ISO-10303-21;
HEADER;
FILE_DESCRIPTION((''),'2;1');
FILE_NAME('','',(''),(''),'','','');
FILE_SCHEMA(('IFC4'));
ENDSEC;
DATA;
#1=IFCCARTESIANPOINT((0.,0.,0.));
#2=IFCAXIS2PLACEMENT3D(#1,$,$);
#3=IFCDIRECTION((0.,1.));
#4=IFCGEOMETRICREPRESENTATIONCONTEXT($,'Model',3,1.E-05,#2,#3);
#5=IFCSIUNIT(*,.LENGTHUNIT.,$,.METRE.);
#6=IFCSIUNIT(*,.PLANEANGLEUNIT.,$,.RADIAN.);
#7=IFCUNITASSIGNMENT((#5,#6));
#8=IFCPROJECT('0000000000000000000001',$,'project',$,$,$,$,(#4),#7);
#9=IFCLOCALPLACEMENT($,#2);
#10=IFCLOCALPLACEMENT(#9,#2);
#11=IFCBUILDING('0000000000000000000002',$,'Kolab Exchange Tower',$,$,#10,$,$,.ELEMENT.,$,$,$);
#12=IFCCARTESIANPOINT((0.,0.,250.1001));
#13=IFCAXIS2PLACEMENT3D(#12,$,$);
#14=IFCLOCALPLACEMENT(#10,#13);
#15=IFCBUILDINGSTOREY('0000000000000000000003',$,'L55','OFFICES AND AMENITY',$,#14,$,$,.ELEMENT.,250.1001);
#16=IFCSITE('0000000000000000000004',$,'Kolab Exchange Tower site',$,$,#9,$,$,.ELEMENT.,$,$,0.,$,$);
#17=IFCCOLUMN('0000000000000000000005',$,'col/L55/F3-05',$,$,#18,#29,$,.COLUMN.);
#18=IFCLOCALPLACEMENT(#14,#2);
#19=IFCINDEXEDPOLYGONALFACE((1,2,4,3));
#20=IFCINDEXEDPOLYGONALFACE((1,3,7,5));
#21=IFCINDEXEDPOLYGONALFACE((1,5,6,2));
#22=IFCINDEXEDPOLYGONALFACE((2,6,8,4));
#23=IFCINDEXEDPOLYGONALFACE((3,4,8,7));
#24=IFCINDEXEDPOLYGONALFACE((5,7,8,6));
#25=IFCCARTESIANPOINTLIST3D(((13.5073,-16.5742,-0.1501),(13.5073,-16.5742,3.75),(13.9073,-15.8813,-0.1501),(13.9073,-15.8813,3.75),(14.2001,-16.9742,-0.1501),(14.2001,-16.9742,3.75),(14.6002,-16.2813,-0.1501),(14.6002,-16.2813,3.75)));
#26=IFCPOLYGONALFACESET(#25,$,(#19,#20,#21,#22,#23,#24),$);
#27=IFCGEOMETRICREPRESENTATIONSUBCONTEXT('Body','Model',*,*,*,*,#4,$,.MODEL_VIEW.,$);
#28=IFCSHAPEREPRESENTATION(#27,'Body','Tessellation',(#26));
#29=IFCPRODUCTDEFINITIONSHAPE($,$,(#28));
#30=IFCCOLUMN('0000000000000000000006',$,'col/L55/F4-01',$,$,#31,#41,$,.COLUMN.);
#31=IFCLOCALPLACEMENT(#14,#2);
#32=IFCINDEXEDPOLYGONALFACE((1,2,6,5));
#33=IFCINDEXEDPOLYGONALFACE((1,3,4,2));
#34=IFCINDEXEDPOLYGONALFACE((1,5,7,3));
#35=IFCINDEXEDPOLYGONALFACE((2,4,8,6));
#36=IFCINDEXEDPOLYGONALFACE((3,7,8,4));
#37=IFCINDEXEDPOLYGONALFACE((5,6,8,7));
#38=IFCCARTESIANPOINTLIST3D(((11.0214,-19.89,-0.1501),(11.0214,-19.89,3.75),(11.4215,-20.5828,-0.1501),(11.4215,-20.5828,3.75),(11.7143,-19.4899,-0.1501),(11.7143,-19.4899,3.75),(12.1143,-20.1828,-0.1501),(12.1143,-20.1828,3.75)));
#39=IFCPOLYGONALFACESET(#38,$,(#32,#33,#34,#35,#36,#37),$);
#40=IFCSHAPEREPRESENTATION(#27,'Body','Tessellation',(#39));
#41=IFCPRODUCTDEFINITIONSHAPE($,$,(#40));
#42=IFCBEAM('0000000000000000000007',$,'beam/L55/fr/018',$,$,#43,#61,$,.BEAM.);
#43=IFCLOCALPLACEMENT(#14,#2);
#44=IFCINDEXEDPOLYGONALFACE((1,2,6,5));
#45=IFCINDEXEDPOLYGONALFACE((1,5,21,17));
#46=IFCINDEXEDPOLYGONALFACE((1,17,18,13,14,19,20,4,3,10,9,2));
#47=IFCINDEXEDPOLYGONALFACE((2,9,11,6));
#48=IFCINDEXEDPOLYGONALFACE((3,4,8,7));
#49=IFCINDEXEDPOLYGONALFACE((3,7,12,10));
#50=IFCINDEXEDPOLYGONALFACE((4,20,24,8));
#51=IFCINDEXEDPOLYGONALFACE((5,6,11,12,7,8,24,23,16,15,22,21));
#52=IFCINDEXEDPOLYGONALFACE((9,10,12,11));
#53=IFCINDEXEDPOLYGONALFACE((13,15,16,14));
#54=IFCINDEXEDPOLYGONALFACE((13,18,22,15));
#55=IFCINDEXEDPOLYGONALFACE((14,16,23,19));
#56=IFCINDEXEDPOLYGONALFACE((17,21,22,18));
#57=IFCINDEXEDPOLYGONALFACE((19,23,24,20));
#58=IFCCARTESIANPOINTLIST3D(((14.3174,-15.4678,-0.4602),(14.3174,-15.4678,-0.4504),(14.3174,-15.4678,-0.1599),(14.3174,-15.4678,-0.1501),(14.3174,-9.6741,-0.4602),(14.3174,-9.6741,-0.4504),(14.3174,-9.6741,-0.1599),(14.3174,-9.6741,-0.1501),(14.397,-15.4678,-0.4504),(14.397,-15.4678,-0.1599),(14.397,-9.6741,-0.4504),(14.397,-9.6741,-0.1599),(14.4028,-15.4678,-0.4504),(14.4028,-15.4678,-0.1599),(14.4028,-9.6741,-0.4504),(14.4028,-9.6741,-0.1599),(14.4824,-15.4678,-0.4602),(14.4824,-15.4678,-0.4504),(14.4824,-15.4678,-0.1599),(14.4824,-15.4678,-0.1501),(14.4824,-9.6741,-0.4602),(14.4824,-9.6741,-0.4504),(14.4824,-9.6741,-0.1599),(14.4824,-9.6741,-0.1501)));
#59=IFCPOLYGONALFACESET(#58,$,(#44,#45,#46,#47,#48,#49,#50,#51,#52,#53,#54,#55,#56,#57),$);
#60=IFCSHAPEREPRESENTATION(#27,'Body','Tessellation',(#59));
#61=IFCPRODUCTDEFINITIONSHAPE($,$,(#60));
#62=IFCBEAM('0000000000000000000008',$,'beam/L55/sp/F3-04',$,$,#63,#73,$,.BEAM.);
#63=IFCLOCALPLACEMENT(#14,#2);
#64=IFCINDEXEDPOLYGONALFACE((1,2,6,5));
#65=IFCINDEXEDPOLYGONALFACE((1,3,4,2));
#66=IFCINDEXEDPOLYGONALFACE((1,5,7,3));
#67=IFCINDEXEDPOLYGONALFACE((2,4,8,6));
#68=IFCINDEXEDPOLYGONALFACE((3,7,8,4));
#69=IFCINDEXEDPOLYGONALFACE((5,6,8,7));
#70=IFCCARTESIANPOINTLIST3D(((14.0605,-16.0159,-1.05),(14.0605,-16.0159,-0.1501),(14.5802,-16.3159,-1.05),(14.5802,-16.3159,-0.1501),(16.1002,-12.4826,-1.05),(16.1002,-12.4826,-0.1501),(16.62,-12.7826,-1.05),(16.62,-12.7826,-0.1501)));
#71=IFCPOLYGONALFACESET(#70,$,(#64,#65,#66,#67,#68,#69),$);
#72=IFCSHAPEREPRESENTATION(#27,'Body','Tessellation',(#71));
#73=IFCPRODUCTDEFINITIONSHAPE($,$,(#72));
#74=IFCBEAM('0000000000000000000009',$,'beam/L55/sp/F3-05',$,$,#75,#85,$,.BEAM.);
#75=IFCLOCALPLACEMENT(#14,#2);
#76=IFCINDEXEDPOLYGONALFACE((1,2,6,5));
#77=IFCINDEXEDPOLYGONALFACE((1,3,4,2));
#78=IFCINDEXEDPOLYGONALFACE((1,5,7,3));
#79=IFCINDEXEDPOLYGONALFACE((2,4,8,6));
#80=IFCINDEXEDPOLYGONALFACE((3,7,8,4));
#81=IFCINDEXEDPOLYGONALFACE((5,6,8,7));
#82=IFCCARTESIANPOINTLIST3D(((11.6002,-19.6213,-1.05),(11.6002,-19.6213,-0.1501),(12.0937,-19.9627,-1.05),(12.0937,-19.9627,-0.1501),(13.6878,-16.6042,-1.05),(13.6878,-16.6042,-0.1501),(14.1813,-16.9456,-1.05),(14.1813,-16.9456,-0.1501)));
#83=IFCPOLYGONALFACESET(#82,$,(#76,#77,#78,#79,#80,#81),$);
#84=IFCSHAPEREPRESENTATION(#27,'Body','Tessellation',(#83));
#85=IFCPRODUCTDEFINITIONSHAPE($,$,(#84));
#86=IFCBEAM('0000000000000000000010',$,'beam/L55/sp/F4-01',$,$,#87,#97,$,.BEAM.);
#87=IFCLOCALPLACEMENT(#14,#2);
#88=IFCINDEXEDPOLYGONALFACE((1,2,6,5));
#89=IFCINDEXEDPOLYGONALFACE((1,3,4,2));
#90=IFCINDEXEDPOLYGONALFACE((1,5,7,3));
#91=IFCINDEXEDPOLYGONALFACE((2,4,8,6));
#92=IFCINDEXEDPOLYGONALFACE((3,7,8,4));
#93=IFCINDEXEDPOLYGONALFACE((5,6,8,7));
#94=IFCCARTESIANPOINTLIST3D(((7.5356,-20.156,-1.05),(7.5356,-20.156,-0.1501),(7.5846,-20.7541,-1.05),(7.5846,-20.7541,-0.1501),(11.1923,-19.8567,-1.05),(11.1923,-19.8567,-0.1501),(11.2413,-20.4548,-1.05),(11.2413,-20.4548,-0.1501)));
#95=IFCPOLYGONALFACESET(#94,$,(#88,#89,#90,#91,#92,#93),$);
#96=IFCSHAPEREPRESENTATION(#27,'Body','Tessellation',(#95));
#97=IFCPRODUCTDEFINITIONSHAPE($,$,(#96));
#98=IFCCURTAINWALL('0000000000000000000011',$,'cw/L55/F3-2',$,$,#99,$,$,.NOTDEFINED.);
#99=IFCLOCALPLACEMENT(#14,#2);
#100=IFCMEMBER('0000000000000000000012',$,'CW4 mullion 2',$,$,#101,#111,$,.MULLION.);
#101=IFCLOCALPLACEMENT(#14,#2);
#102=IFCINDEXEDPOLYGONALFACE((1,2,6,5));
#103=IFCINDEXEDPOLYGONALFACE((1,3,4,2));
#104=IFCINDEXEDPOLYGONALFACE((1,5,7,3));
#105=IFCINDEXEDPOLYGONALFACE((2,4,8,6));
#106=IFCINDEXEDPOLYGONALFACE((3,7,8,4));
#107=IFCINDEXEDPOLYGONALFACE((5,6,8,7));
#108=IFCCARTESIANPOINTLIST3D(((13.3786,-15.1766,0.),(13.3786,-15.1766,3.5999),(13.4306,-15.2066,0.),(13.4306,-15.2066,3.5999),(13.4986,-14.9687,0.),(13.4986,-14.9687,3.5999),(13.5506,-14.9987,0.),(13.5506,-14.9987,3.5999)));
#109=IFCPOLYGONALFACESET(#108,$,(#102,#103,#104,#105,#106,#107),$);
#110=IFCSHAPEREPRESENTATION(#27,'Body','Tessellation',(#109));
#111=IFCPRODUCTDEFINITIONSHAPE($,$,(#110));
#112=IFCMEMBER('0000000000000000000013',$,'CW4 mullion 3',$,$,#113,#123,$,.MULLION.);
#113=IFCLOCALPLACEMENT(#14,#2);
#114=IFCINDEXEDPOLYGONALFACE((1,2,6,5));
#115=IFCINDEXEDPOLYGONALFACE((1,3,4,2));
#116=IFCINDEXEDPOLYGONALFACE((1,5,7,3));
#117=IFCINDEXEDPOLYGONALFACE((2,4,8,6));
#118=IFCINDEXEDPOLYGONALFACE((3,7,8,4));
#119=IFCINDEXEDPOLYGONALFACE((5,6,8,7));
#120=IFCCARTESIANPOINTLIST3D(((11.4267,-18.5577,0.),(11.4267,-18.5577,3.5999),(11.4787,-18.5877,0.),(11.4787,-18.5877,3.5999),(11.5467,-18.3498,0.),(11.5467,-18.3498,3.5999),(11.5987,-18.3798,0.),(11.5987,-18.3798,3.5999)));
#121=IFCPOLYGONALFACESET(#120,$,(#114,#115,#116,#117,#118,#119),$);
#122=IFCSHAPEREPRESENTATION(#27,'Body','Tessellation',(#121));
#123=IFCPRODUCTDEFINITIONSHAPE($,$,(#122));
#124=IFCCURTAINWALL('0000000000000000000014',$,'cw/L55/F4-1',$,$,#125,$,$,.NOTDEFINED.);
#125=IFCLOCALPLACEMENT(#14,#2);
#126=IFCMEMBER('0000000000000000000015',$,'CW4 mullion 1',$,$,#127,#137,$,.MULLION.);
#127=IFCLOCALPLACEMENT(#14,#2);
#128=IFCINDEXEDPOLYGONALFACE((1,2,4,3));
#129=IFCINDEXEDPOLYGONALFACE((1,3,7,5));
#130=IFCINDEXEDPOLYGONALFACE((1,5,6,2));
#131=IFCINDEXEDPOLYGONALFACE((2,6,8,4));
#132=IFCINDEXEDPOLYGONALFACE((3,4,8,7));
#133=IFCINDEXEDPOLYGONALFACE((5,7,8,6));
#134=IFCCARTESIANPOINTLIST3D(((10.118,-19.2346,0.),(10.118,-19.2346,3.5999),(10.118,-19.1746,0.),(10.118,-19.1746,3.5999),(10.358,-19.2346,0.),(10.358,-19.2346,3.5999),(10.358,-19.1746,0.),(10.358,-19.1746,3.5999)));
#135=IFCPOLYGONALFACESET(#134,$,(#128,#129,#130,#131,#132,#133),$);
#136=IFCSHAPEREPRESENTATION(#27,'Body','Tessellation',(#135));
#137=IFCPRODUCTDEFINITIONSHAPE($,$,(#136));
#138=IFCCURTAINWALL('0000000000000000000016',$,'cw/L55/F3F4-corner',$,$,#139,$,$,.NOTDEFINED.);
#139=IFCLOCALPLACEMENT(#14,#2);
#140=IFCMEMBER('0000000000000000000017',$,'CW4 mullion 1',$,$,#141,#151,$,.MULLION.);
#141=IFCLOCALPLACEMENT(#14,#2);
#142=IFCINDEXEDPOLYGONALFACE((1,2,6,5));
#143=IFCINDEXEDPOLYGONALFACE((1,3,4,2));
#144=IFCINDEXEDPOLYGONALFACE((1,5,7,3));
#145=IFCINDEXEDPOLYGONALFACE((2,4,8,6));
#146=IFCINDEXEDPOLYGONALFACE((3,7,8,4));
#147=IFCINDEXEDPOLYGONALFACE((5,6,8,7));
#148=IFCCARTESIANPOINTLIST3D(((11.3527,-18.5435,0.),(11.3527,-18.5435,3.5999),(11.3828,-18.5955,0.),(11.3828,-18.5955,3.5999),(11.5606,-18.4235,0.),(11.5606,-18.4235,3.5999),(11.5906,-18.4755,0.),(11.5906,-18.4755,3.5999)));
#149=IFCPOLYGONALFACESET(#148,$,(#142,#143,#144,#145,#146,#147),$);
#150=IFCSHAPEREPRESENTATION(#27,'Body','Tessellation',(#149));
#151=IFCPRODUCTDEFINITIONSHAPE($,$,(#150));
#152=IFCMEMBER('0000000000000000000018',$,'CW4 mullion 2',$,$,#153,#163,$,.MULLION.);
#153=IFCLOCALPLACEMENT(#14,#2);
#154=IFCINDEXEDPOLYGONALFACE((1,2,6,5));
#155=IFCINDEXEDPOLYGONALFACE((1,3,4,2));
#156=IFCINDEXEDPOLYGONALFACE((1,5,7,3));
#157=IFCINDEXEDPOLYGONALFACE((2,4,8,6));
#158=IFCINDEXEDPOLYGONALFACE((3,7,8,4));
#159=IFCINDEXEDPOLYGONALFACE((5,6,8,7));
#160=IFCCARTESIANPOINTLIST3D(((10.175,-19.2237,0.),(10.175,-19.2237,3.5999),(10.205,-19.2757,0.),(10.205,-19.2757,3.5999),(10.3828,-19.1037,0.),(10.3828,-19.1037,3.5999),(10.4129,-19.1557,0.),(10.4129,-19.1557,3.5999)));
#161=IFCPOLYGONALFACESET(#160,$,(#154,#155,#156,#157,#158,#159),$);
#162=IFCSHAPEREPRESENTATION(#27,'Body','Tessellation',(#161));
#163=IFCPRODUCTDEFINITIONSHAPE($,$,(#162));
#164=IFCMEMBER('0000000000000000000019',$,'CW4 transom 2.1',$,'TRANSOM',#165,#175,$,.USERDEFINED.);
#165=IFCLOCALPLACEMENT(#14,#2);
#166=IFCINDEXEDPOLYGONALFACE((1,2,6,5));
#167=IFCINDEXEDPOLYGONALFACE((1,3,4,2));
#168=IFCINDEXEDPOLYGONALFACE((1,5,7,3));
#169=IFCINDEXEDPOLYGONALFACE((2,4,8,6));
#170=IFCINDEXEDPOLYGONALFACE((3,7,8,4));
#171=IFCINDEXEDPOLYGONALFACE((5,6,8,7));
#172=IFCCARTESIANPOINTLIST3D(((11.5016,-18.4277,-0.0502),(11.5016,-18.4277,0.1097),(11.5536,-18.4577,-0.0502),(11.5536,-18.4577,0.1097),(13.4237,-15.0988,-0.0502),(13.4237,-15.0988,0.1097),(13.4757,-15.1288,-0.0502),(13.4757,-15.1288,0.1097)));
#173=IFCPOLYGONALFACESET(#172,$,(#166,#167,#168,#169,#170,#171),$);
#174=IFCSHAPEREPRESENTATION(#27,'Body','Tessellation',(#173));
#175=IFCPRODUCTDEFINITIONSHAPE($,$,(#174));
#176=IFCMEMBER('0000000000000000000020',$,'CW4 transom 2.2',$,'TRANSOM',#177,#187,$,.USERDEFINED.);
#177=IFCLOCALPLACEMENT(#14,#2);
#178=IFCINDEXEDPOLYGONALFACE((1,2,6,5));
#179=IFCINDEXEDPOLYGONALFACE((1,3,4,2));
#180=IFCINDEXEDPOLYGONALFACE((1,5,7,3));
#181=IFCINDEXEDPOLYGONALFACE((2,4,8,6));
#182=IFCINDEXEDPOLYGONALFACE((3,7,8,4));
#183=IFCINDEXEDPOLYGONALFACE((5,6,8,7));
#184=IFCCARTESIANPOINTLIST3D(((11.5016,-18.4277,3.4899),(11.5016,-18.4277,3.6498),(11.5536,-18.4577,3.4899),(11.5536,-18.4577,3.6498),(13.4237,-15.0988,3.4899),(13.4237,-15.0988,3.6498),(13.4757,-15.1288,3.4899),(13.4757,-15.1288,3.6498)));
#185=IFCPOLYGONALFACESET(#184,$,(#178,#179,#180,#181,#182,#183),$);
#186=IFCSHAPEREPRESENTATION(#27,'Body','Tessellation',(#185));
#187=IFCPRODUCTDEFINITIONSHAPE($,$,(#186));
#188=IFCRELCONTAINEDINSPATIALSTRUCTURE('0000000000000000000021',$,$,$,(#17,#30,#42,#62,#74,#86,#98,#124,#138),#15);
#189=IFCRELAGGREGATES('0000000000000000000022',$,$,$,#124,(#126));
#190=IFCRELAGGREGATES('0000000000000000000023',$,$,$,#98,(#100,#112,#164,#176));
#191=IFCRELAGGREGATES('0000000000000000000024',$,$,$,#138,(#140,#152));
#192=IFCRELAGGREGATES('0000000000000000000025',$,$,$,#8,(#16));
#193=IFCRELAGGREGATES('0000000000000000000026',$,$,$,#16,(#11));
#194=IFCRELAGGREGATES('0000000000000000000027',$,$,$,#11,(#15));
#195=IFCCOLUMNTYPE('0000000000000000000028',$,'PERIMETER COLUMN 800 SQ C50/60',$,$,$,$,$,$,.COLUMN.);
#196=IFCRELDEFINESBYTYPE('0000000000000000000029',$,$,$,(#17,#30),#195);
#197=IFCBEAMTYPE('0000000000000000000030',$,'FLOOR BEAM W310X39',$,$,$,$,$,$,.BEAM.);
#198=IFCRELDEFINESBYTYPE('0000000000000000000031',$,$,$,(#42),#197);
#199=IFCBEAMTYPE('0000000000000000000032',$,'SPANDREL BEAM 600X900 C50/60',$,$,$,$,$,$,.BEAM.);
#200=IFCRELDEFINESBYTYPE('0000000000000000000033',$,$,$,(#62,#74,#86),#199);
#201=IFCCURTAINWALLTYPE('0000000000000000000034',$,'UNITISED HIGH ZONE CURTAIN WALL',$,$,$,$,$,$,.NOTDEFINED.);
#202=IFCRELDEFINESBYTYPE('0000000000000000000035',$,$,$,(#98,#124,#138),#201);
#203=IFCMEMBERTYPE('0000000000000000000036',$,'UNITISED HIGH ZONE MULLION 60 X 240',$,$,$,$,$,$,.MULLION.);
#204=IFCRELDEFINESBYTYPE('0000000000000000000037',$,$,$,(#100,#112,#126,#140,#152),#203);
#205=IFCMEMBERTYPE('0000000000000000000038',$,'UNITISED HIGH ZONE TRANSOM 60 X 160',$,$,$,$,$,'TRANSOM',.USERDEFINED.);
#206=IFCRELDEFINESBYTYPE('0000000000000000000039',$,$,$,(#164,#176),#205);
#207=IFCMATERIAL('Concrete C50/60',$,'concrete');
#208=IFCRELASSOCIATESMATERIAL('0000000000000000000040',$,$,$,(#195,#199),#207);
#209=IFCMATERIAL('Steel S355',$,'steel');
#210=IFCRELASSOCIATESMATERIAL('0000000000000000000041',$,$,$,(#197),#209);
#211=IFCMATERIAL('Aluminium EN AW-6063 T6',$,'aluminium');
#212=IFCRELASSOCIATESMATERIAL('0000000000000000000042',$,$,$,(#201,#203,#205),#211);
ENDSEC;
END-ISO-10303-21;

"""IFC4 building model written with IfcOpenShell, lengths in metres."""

from ifc_helpers import new_model, si_unit, direction, frame, origin, origin_2d, place, context, subcontext, project, spatial, rectangle, i_section, extrude, material, material_profile, profile_set, type_object, element, aggregate, save


model = new_model("IFC4")

# Units and contexts
model_context = context("Model", 3, precision=1e-05, world=origin(), true_north=direction((0.0, 1.0)))
body_context = subcontext(model_context, "Body", "Model", "MODEL_VIEW")
ifc_project = project(units=[si_unit("LENGTHUNIT", "METRE"), si_unit("PLANEANGLEUNIT", "RADIAN")], contexts=[model_context])

# Site, building, storey
site_placement = place(None, origin())
site = spatial("IfcSite", under=ifc_project, at=site_placement, Name="Kolab Exchange Tower site", CompositionType="ELEMENT", RefElevation=0.0)
building_placement = place(site_placement, origin())
building = spatial("IfcBuilding", under=site, at=building_placement, Name="Kolab Exchange Tower", CompositionType="ELEMENT")
storey_placement = place(building_placement, frame((0.0, 0.0, 250.1001)))
storey = spatial("IfcBuildingStorey", under=building, at=storey_placement, Name="L55", Description="OFFICES AND AMENITY", CompositionType="ELEMENT", Elevation=250.1001)

# Columns
ifc_material_1 = material(Name="Concrete C50/60", Category="concrete")
ifc_material_profile_1 = material_profile(ifc_material_1, rectangle(XDim=0.8, YDim=0.8, at=origin_2d()), Name="RC800")
ifc_profile_set_1 = profile_set([ifc_material_profile_1], Name="Concrete C50/60")
column_type = type_object("IfcColumnType", Name="PERIMETER COLUMN 800 SQ C50/60", PredefinedType="COLUMN", material=ifc_profile_set_1)
for number, where, z_axis, x_axis, name in (
    (1, (14.0537, -16.4277, -0.1501), (0.0, 0.0, 1.0), (0.5, 0.866025, 0.0), "col/L55/F3-05"),
    (2, (11.5679, -20.0364, -0.1501), (0.0, 0.0, 1.0), (0.866025, 0.5, 0.0), "col/L55/F4-01"),
):
    element("IfcColumn", number, at=place(storey_placement, frame(where, z_axis=z_axis, x_axis=x_axis)), inside=storey, type_object=column_type, Name=name, PredefinedType="COLUMN", context=body_context, shape_type="SweptSolid", body=[
        extrude(rectangle(XDim=0.8, YDim=0.8, at=origin_2d()), origin(), (0.0, 0.0, 1.0), 3.9001),
    ])

# Beams
ifc_material_2 = material(Name="Steel S355", Category="steel")
ifc_material_profile_2 = material_profile(ifc_material_2, i_section(OverallWidth=0.165, OverallDepth=0.3101, WebThickness=0.0059, FlangeThickness=0.0098, at=origin_2d()), Name="W310X39")
ifc_profile_set_2 = profile_set([ifc_material_profile_2], Name="Steel S355")
beam_type_1 = type_object("IfcBeamType", Name="FLOOR BEAM W310X39", PredefinedType="BEAM", material=ifc_profile_set_2)
beam_1_placement = place(storey_placement, frame((14.3999, -15.4678, -0.3052), z_axis=(0.0, 1.0, 0.0), x_axis=(-1.0, 0.0, 0.0)))
element("IfcBeam", 3, at=beam_1_placement, inside=storey, type_object=beam_type_1, Name="beam/L55/fr/018", PredefinedType="BEAM", context=body_context, shape_type="SweptSolid", body=[
    extrude(i_section(OverallWidth=0.165, OverallDepth=0.3101, WebThickness=0.0059, FlangeThickness=0.0098, at=origin_2d()), origin(), (0.0, 0.0, 1.0), 5.7937),
])
ifc_material_profile_3 = material_profile(ifc_material_1, rectangle(XDim=0.6001, YDim=0.8999, at=origin_2d()), Name="RC600X900")
ifc_profile_set_3 = profile_set([ifc_material_profile_3], Name="Concrete C50/60")
beam_type_2 = type_object("IfcBeamType", Name="SPANDREL BEAM 600X900 C50/60", PredefinedType="BEAM", material=ifc_profile_set_3)
beam_2_placement = place(storey_placement, frame((16.3601, -12.6326, -0.6001), z_axis=(-0.499956, -0.866051, 0.0), x_axis=(0.866051, -0.499956, 0.0)))
element("IfcBeam", 4, at=beam_2_placement, inside=storey, type_object=beam_type_2, Name="beam/L55/sp/F3-04", PredefinedType="BEAM", context=body_context, shape_type="SweptSolid", body=[
    extrude(rectangle(XDim=0.6001, YDim=0.8999, at=origin_2d()), origin(), (0.0, 0.0, 1.0), 4.0798),
])
for number, where, z_axis, x_axis, name in (
    (5, (13.9346, -16.7749, -0.6001), (-0.569006, -0.822334, 0.0), (0.822334, -0.569006, 0.0), "beam/L55/sp/F3-05"),
    (6, (11.2168, -20.1558, -0.6001), (-0.996667, -0.081581, 0.0), (0.081581, -0.996667, 0.0), "beam/L55/sp/F4-01"),
):
    element("IfcBeam", number, at=place(storey_placement, frame(where, z_axis=z_axis, x_axis=x_axis)), inside=storey, type_object=beam_type_2, Name=name, PredefinedType="BEAM", context=body_context, shape_type="SweptSolid", body=[
        extrude(rectangle(XDim=0.6001, YDim=0.8999, at=origin_2d()), origin(), (0.0, 0.0, 1.0), 3.6689),
    ])

# Curtain wall, members
ifc_material_3 = material(Name="Aluminium EN AW-6063 T6", Category="aluminium")
curtain_wall_type = type_object("IfcCurtainWallType", Name="UNITISED HIGH ZONE CURTAIN WALL", PredefinedType="NOTDEFINED", material=ifc_material_3)
curtain_wall_1_placement = place(storey_placement, origin())
curtain_wall_1 = element("IfcCurtainWall", 7, at=curtain_wall_1_placement, inside=storey, type_object=curtain_wall_type, Name="cw/L55/F3-2", PredefinedType="NOTDEFINED")
ifc_material_profile_4 = material_profile(ifc_material_3, rectangle(XDim=0.0601, YDim=0.24, at=origin_2d()), Name="RECT 60X240")
ifc_profile_set_4 = profile_set([ifc_material_profile_4], Name="Aluminium EN AW-6063 T6")
member_type_1 = type_object("IfcMemberType", Name="UNITISED HIGH ZONE MULLION 60 X 240", PredefinedType="MULLION", material=ifc_profile_set_4)
member_1_placement = place(storey_placement, frame((13.4646, -15.0876, 0.0), z_axis=(0.0, 0.0, 1.0), x_axis=(0.866025, -0.5, 0.0)))
member_1 = element("IfcMember", 8, at=member_1_placement, type_object=member_type_1, Name="CW4 mullion 2", PredefinedType="MULLION", context=body_context, shape_type="SweptSolid", body=[
    extrude(rectangle(XDim=0.0601, YDim=0.24, at=origin_2d()), origin(), (0.0, 0.0, 1.0), 3.5999),
])
member_2_placement = place(storey_placement, frame((11.5127, -18.4688, 0.0), z_axis=(0.0, 0.0, 1.0), x_axis=(0.866025, -0.5, 0.0)))
member_2 = element("IfcMember", 9, at=member_2_placement, type_object=member_type_1, Name="CW4 mullion 3", PredefinedType="MULLION", context=body_context, shape_type="SweptSolid", body=[
    extrude(rectangle(XDim=0.0601, YDim=0.24, at=origin_2d()), origin(), (0.0, 0.0, 1.0), 3.5999),
])

# Curtain wall, member
curtain_wall_2_placement = place(storey_placement, origin())
curtain_wall_2 = element("IfcCurtainWall", 10, at=curtain_wall_2_placement, inside=storey, type_object=curtain_wall_type, Name="cw/L55/F4-1", PredefinedType="NOTDEFINED")
member_3_placement = place(storey_placement, frame((10.238, -19.2046, 0.0), z_axis=(0.0, 0.0, 1.0), x_axis=(0.0, -1.0, 0.0)))
member_3 = element("IfcMember", 11, at=member_3_placement, type_object=member_type_1, Name="CW4 mullion 1", PredefinedType="MULLION", context=body_context, shape_type="SweptSolid", body=[
    extrude(rectangle(XDim=0.0601, YDim=0.24, at=origin_2d()), origin(), (0.0, 0.0, 1.0), 3.5999),
])

# Curtain wall, members
curtain_wall_3_placement = place(storey_placement, origin())
curtain_wall_3 = element("IfcCurtainWall", 12, at=curtain_wall_3_placement, inside=storey, type_object=curtain_wall_type, Name="cw/L55/F3F4-corner", PredefinedType="NOTDEFINED")
member_4_placement = place(storey_placement, frame((11.4717, -18.5095, 0.0), z_axis=(0.0, 0.0, 1.0), x_axis=(0.5, -0.866025, 0.0)))
member_4 = element("IfcMember", 13, at=member_4_placement, type_object=member_type_1, Name="CW4 mullion 1", PredefinedType="MULLION", context=body_context, shape_type="SweptSolid", body=[
    extrude(rectangle(XDim=0.0601, YDim=0.24, at=origin_2d()), origin(), (0.0, 0.0, 1.0), 3.5999),
])
member_5_placement = place(storey_placement, frame((10.2939, -19.1897, 0.0), z_axis=(0.0, 0.0, 1.0), x_axis=(0.5, -0.866025, 0.0)))
member_5 = element("IfcMember", 14, at=member_5_placement, type_object=member_type_1, Name="CW4 mullion 2", PredefinedType="MULLION", context=body_context, shape_type="SweptSolid", body=[
    extrude(rectangle(XDim=0.0601, YDim=0.24, at=origin_2d()), origin(), (0.0, 0.0, 1.0), 3.5999),
])

# Members
ifc_material_profile_5 = material_profile(ifc_material_3, rectangle(XDim=0.0601, YDim=0.1599, at=origin_2d()), Name="RECT 60X160")
ifc_profile_set_5 = profile_set([ifc_material_profile_5], Name="Aluminium EN AW-6063 T6")
member_type_2 = type_object("IfcMemberType", Name="UNITISED HIGH ZONE TRANSOM 60 X 160", ElementType="TRANSOM", PredefinedType="USERDEFINED", material=ifc_profile_set_5)
member_6_placement = place(storey_placement, frame((13.4497, -15.1138, 0.0298), z_axis=(-0.500039, -0.866003, 0.0), x_axis=(0.866003, -0.500039, 0.0)))
member_6 = element("IfcMember", 15, at=member_6_placement, type_object=member_type_2, Name="CW4 transom 2.1", ObjectType="TRANSOM", PredefinedType="USERDEFINED", context=body_context, shape_type="SweptSolid", body=[
    extrude(rectangle(XDim=0.0601, YDim=0.1599, at=origin_2d()), origin(), (0.0, 0.0, 1.0), 3.844),
])
member_7_placement = place(storey_placement, frame((13.4497, -15.1138, 3.5698), z_axis=(-0.500039, -0.866003, 0.0), x_axis=(0.866003, -0.500039, 0.0)))
member_7 = element("IfcMember", 16, at=member_7_placement, type_object=member_type_2, Name="CW4 transom 2.2", ObjectType="TRANSOM", PredefinedType="USERDEFINED", context=body_context, shape_type="SweptSolid", body=[
    extrude(rectangle(XDim=0.0601, YDim=0.1599, at=origin_2d()), origin(), (0.0, 0.0, 1.0), 3.844),
])
aggregate(curtain_wall_2, [member_3])

aggregate(curtain_wall_1, [member_1, member_2, member_6, member_7])
aggregate(curtain_wall_3, [member_4, member_5])

save(model, "model.ifc")
